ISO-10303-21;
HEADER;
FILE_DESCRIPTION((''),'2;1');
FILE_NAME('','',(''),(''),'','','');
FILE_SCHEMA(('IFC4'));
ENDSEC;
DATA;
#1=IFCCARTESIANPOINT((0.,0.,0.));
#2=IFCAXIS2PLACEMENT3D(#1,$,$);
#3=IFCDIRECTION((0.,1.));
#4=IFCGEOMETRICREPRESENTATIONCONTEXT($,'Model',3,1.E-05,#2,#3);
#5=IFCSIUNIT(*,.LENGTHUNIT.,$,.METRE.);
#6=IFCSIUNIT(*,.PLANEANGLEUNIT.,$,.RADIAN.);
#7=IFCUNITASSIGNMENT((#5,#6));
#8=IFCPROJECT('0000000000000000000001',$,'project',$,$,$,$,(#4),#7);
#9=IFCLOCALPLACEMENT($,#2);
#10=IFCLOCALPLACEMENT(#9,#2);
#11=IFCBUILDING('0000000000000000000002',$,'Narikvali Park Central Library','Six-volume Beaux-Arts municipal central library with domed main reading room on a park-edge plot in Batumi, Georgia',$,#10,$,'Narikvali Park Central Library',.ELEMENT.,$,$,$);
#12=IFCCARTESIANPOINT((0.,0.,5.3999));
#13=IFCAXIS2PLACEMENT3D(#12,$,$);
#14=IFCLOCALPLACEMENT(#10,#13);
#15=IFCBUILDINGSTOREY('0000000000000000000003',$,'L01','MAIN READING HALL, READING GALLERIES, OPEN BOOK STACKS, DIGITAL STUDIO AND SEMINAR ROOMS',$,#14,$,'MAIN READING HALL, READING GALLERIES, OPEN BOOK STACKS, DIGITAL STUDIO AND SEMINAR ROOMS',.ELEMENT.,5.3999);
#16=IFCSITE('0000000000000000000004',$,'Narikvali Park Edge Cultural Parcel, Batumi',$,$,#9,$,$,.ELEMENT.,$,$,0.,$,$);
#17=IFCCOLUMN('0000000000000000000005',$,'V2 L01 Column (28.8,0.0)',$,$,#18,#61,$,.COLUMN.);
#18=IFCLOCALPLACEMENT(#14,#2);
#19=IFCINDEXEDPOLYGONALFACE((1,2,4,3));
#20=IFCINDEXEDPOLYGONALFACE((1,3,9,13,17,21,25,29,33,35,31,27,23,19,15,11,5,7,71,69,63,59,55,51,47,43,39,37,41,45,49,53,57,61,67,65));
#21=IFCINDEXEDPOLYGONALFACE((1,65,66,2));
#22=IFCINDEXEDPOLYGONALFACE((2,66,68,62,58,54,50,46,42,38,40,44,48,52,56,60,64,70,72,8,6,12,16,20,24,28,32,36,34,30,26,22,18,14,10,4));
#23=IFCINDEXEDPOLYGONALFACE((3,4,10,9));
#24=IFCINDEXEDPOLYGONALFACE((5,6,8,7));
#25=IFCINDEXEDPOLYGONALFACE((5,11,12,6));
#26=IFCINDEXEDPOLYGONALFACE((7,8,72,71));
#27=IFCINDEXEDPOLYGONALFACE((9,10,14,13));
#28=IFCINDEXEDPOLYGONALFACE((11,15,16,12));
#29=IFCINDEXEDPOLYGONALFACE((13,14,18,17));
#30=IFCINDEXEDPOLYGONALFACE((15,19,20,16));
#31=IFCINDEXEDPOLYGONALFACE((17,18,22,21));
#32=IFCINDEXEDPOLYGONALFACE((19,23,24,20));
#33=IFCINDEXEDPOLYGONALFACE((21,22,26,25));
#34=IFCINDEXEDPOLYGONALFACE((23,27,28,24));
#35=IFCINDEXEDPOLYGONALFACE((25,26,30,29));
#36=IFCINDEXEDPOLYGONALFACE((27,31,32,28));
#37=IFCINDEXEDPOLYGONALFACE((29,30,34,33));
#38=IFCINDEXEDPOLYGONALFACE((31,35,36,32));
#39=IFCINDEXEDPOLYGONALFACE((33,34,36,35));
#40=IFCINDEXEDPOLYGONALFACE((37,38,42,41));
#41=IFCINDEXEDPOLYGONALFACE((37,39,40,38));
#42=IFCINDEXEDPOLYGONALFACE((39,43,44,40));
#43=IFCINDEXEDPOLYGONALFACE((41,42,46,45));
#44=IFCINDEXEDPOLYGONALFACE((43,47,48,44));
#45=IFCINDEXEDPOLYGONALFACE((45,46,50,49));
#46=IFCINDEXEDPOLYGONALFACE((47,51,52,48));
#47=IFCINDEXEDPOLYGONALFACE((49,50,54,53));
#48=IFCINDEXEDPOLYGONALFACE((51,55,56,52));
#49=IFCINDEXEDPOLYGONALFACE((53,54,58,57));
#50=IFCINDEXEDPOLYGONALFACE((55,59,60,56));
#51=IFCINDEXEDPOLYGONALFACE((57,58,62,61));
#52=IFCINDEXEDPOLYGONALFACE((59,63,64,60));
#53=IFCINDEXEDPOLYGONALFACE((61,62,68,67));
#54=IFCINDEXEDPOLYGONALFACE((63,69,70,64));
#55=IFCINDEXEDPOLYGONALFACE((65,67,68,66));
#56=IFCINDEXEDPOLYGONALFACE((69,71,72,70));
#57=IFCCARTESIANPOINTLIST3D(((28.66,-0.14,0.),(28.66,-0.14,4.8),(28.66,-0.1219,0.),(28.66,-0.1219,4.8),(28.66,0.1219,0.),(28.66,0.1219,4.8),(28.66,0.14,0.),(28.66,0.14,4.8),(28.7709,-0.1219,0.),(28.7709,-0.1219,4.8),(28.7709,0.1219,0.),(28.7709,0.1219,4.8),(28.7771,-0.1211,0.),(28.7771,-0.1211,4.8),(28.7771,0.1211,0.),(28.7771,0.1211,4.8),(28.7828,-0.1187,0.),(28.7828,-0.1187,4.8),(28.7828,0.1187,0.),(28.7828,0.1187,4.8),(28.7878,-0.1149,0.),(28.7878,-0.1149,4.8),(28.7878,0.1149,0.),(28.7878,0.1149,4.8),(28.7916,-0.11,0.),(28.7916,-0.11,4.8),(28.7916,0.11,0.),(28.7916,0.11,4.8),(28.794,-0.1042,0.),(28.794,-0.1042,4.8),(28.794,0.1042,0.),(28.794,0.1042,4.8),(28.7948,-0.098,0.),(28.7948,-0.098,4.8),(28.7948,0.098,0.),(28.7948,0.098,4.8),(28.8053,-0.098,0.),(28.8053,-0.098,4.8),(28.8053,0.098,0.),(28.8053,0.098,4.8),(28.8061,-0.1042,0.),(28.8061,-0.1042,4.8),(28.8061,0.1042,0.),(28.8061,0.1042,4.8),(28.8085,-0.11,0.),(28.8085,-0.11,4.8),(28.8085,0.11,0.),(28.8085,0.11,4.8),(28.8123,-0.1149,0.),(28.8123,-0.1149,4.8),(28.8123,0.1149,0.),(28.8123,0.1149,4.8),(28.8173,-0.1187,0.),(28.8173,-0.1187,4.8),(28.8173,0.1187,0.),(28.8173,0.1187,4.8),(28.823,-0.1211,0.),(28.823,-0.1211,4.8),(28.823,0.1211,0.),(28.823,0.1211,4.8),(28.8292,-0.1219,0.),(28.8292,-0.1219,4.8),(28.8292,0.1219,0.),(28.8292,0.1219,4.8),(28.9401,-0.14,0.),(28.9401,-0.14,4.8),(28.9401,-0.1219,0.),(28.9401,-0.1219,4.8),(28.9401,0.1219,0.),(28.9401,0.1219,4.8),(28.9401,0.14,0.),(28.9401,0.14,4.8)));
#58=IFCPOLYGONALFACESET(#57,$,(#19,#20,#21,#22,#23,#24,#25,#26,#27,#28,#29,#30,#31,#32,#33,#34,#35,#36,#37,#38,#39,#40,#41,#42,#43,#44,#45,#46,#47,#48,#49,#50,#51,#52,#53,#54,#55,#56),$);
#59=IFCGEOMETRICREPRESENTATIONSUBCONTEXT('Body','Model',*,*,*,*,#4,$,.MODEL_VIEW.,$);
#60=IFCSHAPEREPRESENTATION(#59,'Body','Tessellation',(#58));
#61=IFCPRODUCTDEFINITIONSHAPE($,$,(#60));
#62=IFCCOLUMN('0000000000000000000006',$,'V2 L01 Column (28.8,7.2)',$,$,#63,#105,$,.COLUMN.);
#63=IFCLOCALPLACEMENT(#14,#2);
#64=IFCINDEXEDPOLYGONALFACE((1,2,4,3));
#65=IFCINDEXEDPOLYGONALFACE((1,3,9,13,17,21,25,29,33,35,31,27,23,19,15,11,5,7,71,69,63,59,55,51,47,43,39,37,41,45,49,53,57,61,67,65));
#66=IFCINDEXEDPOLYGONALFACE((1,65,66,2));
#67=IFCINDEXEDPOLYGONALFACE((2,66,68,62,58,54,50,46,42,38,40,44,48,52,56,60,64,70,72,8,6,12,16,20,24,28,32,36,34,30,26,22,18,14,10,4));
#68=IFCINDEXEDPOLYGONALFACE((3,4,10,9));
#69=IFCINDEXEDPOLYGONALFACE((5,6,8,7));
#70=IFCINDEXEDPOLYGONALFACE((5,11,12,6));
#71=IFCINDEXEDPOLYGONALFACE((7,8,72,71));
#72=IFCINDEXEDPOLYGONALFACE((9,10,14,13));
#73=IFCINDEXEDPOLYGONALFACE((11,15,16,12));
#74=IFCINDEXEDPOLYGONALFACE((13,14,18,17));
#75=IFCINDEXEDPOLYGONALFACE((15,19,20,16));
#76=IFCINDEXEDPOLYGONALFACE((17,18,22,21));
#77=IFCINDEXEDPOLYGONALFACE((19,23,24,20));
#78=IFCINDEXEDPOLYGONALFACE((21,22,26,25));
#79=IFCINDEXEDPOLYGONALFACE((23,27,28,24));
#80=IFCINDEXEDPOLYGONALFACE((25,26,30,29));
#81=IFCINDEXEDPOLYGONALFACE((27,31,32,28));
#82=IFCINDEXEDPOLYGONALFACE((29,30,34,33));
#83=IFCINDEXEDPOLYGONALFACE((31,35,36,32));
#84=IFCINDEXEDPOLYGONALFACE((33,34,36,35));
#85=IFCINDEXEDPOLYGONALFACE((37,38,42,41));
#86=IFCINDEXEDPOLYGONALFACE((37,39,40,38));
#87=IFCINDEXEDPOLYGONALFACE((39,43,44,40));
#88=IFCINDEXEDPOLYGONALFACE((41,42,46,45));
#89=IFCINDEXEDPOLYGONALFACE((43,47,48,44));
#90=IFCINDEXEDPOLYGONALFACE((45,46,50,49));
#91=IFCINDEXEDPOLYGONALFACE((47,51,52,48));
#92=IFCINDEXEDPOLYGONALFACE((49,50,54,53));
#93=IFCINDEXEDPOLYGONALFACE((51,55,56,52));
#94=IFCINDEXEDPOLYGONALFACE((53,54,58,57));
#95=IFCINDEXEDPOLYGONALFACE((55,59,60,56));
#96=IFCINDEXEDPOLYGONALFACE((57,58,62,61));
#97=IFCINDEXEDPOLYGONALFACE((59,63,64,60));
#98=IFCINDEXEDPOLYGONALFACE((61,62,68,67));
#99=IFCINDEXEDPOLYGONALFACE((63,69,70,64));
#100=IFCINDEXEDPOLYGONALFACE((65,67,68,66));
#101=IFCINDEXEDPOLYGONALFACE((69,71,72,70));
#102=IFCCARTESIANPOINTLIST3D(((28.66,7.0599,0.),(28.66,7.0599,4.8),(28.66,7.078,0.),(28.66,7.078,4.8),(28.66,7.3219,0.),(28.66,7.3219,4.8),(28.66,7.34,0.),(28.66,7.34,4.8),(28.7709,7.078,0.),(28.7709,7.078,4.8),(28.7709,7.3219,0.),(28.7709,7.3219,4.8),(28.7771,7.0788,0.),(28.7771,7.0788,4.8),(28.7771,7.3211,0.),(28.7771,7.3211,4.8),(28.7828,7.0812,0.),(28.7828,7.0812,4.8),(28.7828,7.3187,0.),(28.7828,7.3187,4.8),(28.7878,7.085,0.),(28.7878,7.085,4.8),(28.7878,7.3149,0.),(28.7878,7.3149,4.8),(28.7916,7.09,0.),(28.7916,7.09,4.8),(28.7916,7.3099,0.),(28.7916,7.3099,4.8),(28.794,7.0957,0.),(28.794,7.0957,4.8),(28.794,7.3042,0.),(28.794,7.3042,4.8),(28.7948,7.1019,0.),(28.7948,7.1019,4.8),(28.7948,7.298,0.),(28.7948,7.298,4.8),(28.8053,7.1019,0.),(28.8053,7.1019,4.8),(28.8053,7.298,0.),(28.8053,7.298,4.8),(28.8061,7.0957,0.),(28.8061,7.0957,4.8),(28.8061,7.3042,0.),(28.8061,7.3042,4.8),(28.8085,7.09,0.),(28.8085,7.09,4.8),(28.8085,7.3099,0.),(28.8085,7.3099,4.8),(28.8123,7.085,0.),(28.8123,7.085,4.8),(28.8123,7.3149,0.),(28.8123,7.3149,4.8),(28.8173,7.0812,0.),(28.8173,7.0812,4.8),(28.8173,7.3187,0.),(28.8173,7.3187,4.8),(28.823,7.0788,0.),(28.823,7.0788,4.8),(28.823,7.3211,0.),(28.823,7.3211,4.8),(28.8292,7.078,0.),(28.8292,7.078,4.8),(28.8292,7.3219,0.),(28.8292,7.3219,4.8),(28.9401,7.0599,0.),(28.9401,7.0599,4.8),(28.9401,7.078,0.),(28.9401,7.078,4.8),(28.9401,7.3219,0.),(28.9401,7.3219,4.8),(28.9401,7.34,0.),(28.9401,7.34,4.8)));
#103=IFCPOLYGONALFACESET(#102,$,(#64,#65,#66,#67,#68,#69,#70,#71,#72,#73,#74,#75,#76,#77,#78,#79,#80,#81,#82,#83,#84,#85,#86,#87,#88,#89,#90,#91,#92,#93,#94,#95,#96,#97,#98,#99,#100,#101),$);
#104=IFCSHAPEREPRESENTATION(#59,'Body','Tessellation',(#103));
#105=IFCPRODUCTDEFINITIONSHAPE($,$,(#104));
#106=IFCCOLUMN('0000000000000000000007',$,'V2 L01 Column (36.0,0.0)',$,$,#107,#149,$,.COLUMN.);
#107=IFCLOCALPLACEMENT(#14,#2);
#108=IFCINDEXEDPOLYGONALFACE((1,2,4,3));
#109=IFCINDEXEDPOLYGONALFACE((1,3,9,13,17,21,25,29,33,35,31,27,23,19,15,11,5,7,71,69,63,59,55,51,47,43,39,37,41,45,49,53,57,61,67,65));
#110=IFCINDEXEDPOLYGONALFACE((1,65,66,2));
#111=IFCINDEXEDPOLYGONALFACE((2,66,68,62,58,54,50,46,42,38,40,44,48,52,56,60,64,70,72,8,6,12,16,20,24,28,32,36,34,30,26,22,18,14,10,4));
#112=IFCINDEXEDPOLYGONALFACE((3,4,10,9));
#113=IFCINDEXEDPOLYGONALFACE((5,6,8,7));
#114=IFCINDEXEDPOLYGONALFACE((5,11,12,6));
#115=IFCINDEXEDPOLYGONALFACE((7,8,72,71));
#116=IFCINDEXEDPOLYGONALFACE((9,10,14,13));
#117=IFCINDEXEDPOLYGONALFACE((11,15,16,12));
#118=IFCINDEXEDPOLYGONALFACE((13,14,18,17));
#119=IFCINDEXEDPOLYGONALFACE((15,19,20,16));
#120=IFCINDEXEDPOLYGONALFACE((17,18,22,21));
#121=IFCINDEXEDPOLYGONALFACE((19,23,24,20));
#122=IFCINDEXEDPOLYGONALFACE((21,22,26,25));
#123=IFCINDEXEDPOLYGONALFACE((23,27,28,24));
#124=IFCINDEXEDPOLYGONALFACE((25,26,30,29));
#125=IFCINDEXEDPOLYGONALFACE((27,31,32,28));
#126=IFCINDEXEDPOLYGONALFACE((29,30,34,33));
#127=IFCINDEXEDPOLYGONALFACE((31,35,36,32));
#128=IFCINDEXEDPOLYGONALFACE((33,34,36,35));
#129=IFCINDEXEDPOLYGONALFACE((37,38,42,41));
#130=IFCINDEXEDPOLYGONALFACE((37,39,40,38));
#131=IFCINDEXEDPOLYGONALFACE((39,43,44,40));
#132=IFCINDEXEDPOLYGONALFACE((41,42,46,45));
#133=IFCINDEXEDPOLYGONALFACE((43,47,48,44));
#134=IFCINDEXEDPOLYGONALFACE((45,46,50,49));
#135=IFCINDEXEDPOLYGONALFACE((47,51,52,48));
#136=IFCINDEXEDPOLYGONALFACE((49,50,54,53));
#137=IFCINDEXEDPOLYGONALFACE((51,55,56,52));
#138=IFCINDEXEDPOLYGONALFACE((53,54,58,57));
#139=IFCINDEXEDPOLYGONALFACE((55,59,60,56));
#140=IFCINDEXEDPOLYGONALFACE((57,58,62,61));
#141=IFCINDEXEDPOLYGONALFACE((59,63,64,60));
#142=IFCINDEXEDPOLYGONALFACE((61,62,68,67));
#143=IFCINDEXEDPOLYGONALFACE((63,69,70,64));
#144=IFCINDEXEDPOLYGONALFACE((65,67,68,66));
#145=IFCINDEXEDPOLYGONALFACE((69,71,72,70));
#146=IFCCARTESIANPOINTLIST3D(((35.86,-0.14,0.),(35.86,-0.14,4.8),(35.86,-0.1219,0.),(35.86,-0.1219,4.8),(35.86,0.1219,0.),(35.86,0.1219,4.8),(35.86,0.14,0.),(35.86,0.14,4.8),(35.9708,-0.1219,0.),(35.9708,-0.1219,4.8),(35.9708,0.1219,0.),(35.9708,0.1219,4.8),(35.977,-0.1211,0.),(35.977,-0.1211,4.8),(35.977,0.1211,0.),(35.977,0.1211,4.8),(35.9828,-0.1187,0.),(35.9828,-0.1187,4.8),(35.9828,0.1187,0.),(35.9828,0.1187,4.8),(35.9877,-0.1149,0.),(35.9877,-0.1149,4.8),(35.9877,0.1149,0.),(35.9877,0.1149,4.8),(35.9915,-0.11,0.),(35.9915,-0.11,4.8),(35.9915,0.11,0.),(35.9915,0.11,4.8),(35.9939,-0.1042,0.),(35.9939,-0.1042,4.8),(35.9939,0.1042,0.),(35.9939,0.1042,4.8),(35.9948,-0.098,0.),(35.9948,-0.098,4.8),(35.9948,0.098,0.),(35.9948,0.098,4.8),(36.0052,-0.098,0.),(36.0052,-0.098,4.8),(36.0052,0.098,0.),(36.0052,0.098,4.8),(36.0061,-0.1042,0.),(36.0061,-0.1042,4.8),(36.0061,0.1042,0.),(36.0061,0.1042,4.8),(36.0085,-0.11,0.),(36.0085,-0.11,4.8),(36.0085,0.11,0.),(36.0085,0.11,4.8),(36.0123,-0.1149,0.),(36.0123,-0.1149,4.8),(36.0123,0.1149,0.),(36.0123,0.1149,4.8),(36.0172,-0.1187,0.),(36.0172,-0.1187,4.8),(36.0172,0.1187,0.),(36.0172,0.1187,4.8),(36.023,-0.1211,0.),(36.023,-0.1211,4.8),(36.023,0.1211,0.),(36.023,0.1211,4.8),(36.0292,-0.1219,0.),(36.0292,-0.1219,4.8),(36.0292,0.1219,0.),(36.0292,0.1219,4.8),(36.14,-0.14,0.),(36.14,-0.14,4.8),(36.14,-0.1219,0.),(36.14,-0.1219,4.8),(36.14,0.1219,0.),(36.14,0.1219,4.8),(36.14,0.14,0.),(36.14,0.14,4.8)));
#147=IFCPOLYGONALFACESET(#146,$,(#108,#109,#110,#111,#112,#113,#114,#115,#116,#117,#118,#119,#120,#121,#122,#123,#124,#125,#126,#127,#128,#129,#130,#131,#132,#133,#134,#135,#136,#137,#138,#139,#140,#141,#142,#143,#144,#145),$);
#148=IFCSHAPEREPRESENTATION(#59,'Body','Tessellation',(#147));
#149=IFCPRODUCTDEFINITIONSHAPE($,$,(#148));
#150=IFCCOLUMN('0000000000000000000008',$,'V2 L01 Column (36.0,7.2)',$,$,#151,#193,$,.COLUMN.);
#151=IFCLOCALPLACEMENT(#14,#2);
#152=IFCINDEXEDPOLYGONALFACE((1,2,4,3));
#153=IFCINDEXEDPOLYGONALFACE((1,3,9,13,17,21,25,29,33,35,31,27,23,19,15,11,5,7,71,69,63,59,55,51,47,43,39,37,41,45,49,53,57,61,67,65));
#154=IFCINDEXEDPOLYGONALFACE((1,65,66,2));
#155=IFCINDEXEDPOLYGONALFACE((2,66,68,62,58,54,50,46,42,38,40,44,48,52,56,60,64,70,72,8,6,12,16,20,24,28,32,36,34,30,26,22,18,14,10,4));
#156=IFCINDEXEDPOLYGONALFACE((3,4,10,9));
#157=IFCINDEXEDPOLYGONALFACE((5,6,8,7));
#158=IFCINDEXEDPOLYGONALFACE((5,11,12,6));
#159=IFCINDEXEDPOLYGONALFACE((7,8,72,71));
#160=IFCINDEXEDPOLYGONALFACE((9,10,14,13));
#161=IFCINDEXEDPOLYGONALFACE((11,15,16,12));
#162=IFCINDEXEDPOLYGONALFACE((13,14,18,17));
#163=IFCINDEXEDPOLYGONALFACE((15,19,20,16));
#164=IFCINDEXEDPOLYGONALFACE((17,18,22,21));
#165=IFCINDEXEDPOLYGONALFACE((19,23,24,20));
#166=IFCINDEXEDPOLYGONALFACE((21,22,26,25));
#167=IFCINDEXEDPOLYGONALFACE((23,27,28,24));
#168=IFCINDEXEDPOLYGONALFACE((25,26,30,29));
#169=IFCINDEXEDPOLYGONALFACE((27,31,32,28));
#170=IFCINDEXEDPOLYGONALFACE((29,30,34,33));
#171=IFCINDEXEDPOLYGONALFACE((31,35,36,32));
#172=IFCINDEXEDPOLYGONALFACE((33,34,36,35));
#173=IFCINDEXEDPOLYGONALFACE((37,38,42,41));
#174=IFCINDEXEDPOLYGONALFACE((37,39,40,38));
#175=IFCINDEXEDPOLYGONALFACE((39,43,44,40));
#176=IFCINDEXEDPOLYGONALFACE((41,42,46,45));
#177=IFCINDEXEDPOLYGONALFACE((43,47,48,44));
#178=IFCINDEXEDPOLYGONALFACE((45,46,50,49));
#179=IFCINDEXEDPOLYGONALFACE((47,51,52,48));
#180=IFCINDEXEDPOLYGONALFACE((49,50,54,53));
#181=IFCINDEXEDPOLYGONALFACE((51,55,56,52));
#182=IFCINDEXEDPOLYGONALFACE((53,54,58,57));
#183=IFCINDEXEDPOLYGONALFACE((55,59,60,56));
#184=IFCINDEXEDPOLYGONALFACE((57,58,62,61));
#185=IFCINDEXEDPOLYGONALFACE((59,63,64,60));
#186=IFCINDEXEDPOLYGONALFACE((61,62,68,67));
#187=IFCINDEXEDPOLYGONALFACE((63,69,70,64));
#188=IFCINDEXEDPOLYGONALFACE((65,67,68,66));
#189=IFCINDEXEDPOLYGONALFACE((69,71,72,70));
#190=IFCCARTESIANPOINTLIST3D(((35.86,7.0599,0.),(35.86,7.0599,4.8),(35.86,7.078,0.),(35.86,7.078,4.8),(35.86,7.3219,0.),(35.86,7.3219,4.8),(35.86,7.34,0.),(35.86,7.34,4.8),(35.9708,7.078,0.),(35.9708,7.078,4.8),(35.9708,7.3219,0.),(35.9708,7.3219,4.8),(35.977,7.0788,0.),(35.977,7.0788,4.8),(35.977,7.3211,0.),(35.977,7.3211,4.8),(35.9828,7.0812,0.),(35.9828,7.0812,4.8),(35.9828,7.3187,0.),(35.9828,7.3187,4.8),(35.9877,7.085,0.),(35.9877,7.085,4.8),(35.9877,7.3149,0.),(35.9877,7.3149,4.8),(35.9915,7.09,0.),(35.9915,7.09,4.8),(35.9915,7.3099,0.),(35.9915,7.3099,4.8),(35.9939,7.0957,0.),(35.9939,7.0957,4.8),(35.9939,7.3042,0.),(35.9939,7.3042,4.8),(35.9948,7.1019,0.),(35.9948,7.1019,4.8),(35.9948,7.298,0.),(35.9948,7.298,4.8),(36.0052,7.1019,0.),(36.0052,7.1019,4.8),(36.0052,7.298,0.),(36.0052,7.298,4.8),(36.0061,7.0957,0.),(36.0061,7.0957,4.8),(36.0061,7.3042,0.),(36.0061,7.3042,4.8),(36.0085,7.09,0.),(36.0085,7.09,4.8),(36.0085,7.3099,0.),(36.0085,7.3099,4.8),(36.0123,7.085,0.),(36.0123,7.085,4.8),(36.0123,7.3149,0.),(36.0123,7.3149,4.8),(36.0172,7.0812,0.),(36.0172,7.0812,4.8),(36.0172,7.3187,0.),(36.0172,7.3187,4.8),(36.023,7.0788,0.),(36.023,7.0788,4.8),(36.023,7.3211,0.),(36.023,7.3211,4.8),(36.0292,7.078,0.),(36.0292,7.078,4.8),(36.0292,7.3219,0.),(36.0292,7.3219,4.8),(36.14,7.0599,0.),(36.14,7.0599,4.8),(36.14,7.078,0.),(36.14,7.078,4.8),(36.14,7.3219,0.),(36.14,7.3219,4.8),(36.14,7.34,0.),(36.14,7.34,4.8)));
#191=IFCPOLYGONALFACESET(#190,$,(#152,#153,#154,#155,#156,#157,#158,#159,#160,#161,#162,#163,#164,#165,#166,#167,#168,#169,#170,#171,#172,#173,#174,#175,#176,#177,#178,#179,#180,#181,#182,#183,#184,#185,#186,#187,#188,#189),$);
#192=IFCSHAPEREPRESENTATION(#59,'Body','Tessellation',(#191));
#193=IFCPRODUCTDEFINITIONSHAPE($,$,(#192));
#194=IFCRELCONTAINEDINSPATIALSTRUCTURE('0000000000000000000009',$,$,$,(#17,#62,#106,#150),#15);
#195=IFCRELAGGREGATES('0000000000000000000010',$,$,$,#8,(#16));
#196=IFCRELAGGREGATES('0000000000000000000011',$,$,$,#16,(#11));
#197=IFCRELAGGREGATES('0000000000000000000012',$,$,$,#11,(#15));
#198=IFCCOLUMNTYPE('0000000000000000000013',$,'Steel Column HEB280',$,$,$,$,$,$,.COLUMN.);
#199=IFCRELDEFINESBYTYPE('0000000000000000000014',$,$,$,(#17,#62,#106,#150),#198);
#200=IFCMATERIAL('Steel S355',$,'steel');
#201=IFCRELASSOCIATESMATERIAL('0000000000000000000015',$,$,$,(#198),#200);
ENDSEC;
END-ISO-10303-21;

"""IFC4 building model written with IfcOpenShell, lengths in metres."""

from ifc_helpers import new_model, si_unit, direction, frame, origin, origin_2d, place, context, subcontext, project, spatial, i_section, extrude, material, material_profile, profile_set, type_object, element, save


model = new_model("IFC4")

# Units and contexts
model_context = context("Model", 3, precision=1e-05, world=origin(), true_north=direction((0.0, 1.0)))
body_context = subcontext(model_context, "Body", "Model", "MODEL_VIEW")
ifc_project = project(units=[si_unit("LENGTHUNIT", "METRE"), si_unit("PLANEANGLEUNIT", "RADIAN")], contexts=[model_context])

# Site, building, storey
site_placement = place(None, origin())
site = spatial("IfcSite", under=ifc_project, at=site_placement, Name="Narikvali Park Edge Cultural Parcel, Batumi", CompositionType="ELEMENT", RefElevation=0.0)
building_placement = place(site_placement, origin())
building = spatial("IfcBuilding", under=site, at=building_placement, Name="Narikvali Park Central Library", Description="Six-volume Beaux-Arts municipal central library with domed main reading room on a park-edge plot in Batumi, Georgia", LongName="Narikvali Park Central Library", CompositionType="ELEMENT")
storey_placement = place(building_placement, frame((0.0, 0.0, 5.3999)))
storey = spatial("IfcBuildingStorey", under=building, at=storey_placement, Name="L01", Description="MAIN READING HALL, READING GALLERIES, OPEN BOOK STACKS, DIGITAL STUDIO AND SEMINAR ROOMS", LongName="MAIN READING HALL, READING GALLERIES, OPEN BOOK STACKS, DIGITAL STUDIO AND SEMINAR ROOMS", CompositionType="ELEMENT", Elevation=5.3999)

# Columns
ifc_material_1 = material(Name="Steel S355", Category="steel")
ifc_material_profile_1 = material_profile(ifc_material_1, i_section(OverallWidth=0.28, OverallDepth=0.28, WebThickness=0.0105, FlangeThickness=0.0181, FilletRadius=0.0239, at=origin_2d()), Name="HEB 280")
ifc_profile_set_1 = profile_set([ifc_material_profile_1], Name="Steel S355")
column_type = type_object("IfcColumnType", Name="Steel Column HEB280", PredefinedType="COLUMN", material=ifc_profile_set_1)
for number, where, z_axis, x_axis, name in (
    (1, (28.8, 0.0, 0.0), (0.0, 0.0, 1.0), (1.0, 0.0, 0.0), "V2 L01 Column (28.8,0.0)"),
    (2, (28.8, 7.2, 0.0), (0.0, 0.0, 1.0), (1.0, 0.0, 0.0), "V2 L01 Column (28.8,7.2)"),
    (3, (36.0, 0.0, 0.0), (0.0, 0.0, 1.0), (1.0, 0.0, 0.0), "V2 L01 Column (36.0,0.0)"),
    (4, (36.0, 7.2, 0.0), (0.0, 0.0, 1.0), (1.0, 0.0, 0.0), "V2 L01 Column (36.0,7.2)"),
):
    element("IfcColumn", number, at=place(storey_placement, frame(where, z_axis=z_axis, x_axis=x_axis)), inside=storey, type_object=column_type, Name=name, PredefinedType="COLUMN", context=body_context, shape_type="SweptSolid", body=[
        extrude(i_section(OverallWidth=0.28, OverallDepth=0.28, WebThickness=0.0105, FlangeThickness=0.0181, FilletRadius=0.0239, at=origin_2d()), origin(), (0.0, 0.0, 1.0), 4.8),
    ])

save(model, "model.ifc")
